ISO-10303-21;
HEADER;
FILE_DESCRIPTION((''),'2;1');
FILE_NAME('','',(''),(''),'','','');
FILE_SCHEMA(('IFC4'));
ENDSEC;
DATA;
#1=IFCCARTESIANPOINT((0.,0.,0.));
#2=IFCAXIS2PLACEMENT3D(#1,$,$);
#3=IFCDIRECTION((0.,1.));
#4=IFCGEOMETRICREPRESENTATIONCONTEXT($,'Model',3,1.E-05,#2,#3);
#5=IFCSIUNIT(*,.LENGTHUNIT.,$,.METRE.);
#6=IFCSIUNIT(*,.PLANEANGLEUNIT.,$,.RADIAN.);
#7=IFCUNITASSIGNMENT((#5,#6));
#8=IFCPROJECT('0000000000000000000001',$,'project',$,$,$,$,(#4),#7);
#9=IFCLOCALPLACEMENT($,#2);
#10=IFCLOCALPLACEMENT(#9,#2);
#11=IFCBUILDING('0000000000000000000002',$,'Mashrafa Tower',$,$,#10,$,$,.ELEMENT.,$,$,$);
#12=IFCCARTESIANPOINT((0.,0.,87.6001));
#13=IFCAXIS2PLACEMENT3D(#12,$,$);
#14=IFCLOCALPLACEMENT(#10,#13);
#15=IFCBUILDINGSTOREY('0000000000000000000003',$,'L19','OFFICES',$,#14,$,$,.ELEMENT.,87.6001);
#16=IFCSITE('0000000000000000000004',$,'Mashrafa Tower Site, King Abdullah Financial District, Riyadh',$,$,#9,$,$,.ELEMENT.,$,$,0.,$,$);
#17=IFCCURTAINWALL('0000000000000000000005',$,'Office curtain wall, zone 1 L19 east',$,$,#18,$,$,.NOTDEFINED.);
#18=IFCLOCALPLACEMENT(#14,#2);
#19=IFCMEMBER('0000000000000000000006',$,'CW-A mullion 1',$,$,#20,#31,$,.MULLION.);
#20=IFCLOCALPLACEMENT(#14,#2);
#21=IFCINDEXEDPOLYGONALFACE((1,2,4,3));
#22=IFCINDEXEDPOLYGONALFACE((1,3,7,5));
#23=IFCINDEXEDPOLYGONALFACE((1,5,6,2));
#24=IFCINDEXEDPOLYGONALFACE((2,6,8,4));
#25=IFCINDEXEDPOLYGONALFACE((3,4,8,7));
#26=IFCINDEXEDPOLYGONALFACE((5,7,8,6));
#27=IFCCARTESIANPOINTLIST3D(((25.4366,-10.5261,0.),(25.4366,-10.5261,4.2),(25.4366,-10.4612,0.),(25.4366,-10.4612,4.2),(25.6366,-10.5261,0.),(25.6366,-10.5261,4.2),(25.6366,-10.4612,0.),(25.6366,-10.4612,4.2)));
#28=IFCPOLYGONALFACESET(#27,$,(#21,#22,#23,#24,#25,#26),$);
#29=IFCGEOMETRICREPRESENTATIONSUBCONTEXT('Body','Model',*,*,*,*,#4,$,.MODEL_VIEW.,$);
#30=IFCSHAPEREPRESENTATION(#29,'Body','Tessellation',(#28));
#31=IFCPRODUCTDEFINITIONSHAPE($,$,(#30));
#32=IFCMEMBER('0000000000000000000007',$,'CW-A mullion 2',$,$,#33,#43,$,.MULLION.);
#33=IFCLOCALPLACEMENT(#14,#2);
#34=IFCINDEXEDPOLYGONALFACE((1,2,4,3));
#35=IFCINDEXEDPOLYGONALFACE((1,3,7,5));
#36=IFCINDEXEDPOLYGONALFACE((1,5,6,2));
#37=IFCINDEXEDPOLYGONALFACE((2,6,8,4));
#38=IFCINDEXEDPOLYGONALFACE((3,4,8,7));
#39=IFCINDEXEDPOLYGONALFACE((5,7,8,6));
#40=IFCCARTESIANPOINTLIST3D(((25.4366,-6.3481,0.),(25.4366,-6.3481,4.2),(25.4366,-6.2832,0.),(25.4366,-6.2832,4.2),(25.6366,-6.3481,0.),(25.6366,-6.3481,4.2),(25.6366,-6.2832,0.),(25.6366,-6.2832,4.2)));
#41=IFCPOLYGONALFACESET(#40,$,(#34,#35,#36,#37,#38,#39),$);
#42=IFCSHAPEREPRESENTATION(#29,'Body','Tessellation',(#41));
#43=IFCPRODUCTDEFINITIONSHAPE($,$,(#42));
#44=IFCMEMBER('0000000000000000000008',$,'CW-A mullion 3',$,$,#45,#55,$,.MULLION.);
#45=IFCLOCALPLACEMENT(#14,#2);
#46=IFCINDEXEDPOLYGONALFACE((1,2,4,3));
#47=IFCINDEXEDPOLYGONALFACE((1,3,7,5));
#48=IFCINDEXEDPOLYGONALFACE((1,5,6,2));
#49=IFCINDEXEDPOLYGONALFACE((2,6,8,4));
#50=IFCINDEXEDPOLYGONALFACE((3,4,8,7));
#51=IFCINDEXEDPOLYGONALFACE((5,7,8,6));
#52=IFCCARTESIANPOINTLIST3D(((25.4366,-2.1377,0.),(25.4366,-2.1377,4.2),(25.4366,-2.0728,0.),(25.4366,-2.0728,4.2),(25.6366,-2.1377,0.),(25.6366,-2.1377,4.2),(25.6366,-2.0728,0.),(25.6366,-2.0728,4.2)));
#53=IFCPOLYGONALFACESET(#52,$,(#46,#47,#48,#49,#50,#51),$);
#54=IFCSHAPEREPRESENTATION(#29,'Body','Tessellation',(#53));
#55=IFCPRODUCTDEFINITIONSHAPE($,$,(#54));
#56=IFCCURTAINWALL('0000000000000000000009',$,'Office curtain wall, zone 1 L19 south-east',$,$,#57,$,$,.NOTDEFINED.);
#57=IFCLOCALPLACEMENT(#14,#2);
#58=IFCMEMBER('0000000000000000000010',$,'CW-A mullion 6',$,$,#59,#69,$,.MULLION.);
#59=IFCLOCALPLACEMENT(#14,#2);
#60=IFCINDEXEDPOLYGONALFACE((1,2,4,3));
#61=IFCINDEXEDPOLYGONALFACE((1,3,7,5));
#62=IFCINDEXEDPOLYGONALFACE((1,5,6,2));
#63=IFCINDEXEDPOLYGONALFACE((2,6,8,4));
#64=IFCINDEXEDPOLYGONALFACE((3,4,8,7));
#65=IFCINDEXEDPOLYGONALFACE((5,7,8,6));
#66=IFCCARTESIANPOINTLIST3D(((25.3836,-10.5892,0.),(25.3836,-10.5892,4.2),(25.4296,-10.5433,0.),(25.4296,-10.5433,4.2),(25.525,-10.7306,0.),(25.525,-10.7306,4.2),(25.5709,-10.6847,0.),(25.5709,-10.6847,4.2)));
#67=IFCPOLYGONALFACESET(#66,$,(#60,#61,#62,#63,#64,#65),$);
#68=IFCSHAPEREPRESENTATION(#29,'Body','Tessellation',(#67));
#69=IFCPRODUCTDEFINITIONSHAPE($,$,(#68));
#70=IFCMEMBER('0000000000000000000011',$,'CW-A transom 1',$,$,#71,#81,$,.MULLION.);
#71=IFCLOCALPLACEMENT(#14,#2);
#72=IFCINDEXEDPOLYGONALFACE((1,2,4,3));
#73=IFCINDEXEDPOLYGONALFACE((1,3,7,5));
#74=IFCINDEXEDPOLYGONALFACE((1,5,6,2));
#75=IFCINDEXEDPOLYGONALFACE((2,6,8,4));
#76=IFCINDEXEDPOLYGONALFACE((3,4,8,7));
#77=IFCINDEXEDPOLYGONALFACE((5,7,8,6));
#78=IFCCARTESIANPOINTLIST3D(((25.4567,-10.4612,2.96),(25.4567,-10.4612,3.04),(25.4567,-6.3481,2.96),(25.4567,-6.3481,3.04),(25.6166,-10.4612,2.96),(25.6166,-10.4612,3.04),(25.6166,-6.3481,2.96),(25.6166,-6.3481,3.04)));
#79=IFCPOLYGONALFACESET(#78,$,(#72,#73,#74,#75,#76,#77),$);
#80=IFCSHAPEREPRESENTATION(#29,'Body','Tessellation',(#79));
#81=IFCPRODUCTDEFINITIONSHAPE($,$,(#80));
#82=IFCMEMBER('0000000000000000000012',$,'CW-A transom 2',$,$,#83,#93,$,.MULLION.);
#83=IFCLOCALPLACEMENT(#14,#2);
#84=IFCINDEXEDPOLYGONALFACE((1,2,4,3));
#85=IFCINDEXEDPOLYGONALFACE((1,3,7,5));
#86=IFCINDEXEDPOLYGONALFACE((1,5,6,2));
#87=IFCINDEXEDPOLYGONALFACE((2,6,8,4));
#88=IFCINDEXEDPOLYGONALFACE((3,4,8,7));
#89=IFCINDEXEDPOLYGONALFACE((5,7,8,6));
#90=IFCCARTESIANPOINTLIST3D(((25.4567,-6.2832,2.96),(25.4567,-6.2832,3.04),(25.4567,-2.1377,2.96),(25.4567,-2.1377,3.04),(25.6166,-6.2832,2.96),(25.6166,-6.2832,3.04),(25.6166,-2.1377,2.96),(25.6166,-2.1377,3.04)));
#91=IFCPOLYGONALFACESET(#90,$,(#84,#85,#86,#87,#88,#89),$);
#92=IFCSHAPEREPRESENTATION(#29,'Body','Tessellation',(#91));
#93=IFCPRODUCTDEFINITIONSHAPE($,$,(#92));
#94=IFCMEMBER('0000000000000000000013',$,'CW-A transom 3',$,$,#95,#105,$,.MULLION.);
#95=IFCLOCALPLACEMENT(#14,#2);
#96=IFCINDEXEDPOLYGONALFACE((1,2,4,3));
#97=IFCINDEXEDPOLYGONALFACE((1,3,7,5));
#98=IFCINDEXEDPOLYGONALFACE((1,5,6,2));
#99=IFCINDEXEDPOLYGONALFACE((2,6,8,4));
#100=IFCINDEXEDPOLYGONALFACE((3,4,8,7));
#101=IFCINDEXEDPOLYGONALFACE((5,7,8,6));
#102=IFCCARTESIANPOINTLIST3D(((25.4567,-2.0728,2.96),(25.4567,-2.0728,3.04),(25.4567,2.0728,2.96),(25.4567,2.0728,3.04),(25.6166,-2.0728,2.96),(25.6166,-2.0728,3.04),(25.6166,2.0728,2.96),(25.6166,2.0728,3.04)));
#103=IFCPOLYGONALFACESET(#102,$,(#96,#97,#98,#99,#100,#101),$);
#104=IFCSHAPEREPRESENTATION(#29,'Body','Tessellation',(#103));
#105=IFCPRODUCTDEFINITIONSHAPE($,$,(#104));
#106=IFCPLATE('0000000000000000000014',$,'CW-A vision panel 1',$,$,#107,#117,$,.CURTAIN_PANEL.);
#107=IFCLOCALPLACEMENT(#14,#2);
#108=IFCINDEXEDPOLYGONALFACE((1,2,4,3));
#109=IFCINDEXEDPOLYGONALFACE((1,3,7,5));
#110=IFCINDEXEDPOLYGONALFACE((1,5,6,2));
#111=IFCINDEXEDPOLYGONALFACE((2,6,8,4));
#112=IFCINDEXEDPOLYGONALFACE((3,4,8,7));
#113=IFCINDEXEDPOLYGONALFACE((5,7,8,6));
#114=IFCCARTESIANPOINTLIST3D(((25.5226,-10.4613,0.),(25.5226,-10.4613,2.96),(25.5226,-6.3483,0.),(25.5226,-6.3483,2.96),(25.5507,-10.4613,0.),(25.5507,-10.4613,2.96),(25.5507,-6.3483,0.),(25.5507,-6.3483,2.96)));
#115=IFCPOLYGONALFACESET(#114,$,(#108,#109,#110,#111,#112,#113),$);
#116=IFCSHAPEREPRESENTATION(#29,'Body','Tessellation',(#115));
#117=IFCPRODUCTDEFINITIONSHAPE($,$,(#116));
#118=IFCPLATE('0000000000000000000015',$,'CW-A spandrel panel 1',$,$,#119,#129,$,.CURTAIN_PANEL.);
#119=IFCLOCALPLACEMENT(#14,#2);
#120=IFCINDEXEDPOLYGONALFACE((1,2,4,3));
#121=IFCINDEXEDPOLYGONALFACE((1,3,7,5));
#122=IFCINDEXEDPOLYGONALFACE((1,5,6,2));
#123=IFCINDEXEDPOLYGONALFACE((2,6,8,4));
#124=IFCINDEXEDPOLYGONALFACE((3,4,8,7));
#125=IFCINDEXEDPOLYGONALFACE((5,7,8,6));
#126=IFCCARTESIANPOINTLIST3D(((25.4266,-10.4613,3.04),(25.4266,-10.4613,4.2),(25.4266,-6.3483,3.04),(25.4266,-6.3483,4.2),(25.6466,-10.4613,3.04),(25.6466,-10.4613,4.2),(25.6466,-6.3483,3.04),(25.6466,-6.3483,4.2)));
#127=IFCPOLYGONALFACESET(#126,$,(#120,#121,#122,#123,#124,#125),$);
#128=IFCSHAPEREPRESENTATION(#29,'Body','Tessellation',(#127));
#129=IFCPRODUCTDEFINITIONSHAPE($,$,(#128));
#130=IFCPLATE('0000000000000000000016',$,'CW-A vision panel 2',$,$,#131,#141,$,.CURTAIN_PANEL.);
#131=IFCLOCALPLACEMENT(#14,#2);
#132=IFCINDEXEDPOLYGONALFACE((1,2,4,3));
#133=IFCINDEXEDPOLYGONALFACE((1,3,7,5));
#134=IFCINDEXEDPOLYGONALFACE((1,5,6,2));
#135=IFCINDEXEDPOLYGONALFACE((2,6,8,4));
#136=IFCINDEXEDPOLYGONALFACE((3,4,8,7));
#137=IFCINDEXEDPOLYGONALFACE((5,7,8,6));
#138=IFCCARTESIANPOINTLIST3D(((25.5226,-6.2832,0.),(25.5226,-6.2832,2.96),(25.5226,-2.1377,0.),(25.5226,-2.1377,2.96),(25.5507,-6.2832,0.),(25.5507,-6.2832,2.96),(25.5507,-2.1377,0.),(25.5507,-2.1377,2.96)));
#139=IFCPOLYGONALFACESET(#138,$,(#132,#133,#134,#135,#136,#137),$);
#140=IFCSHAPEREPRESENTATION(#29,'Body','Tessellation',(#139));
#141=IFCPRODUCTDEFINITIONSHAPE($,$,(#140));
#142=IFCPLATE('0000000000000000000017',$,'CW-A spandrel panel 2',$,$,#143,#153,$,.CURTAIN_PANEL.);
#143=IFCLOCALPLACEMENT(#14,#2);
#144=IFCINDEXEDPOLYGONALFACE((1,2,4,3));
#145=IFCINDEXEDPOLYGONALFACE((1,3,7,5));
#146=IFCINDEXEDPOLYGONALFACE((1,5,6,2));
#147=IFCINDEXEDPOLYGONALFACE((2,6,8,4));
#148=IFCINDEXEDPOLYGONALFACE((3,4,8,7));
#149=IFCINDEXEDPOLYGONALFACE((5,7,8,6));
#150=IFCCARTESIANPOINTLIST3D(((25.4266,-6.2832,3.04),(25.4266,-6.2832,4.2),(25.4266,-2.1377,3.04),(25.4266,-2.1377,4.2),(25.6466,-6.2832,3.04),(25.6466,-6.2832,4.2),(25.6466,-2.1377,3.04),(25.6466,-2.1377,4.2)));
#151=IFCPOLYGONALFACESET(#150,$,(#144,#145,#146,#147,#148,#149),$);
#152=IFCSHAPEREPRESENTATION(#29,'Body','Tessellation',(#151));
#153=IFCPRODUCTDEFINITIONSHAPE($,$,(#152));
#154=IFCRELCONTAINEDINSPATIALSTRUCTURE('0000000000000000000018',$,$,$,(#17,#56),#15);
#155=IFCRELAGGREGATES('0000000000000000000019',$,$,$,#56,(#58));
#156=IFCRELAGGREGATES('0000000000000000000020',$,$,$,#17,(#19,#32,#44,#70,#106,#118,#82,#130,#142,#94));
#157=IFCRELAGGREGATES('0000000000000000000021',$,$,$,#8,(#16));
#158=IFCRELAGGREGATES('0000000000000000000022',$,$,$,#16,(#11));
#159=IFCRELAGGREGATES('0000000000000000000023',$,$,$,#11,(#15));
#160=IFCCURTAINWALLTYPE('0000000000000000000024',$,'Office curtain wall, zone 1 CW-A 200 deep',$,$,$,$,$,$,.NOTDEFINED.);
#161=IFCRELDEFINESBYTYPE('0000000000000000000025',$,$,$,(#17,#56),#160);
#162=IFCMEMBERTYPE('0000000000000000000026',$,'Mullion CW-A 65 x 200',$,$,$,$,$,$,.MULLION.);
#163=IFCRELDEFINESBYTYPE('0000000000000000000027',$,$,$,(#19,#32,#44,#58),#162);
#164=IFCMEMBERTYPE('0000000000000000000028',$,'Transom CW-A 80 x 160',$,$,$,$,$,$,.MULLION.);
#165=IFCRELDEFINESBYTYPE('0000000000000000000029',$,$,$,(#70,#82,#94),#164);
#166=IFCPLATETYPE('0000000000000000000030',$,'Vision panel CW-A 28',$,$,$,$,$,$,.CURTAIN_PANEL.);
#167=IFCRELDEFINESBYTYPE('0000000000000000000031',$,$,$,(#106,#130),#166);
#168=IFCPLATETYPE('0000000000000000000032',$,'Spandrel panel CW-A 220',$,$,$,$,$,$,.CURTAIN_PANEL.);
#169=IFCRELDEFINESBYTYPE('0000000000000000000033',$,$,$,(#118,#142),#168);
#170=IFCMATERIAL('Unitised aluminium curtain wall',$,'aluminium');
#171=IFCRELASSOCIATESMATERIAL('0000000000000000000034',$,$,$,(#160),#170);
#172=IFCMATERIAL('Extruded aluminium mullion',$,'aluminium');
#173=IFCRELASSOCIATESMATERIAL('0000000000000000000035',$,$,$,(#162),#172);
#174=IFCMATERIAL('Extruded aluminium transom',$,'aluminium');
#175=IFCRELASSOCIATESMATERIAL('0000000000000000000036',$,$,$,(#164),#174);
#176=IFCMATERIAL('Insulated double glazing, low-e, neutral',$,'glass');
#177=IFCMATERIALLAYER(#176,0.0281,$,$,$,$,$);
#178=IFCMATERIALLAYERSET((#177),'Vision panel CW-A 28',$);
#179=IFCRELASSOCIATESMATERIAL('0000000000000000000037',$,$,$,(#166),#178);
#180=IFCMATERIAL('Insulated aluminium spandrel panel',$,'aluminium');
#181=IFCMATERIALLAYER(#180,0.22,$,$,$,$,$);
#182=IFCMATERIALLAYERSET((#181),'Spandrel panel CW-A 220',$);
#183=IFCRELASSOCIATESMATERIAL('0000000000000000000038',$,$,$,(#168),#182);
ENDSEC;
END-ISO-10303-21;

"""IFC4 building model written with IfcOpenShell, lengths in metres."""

from ifc_helpers import new_model, si_unit, direction, frame, origin, origin_2d, place, context, subcontext, project, spatial, rectangle, extrude, source, transform, mapped, material, layer, layer_set, material_profile, profile_set, type_object, type_shapes, element, aggregate, save


model = new_model("IFC4")

# Units and contexts
model_context = context("Model", 3, precision=1e-05, world=origin(), true_north=direction((0.0, 1.0)))
body_context = subcontext(model_context, "Body", "Model", "MODEL_VIEW")
ifc_project = project(units=[si_unit("LENGTHUNIT", "METRE"), si_unit("PLANEANGLEUNIT", "RADIAN")], contexts=[model_context])

# Site, building, storey
site_placement = place(None, origin())
site = spatial("IfcSite", under=ifc_project, at=site_placement, Name="Mashrafa Tower Site, King Abdullah Financial District, Riyadh", CompositionType="ELEMENT", RefElevation=0.0)
building_placement = place(site_placement, origin())
building = spatial("IfcBuilding", under=site, at=building_placement, Name="Mashrafa Tower", CompositionType="ELEMENT")
storey_placement = place(building_placement, frame((0.0, 0.0, 87.6001)))
storey = spatial("IfcBuildingStorey", under=building, at=storey_placement, Name="L19", Description="OFFICES", CompositionType="ELEMENT", Elevation=87.6001)

# Curtain wall, members
ifc_material_1 = material(Name="Unitised aluminium curtain wall", Category="aluminium")
curtain_wall_type = type_object("IfcCurtainWallType", Name="Office curtain wall, zone 1 CW-A 200 deep", PredefinedType="NOTDEFINED", material=ifc_material_1)
curtain_wall_1_placement = place(storey_placement, origin())
curtain_wall_1 = element("IfcCurtainWall", 1, at=curtain_wall_1_placement, inside=storey, type_object=curtain_wall_type, Name="Office curtain wall, zone 1 L19 east", PredefinedType="NOTDEFINED")
ifc_material_2 = material(Name="Extruded aluminium mullion", Category="aluminium")
ifc_material_profile_1 = material_profile(ifc_material_2, rectangle(XDim=0.2, YDim=0.0649, at=origin_2d()), Name="Mullion 65x200")
ifc_profile_set_1 = profile_set([ifc_material_profile_1], Name="Extruded aluminium mullion")
member_type_1 = type_object("IfcMemberType", Name="Mullion CW-A 65 x 200", PredefinedType="MULLION", material=ifc_profile_set_1)
shared_shape_1 = source(origin(), body_context, "Body", "SweptSolid", [
    extrude(rectangle(XDim=0.2, YDim=0.0649, at=origin_2d()), origin(), (0.0, 0.0, 1.0), 4.2),
])
type_shapes(member_type_1, [shared_shape_1])
member_1_placement = place(storey_placement, frame((25.5366, -10.4937, 0.0), z_axis=(0.0, 0.0, 1.0), x_axis=(-1.0, 0.0, 0.0)))
member_1 = element("IfcMember", 2, at=member_1_placement, type_object=member_type_1, Name="CW-A mullion 1", PredefinedType="MULLION", context=body_context, shape_type="MappedRepresentation", body=[
    mapped(shared_shape_1, transform((0.0, 0.0, 0.0))),
])
member_2_placement = place(storey_placement, frame((25.5366, -6.3157, 0.0), z_axis=(0.0, 0.0, 1.0), x_axis=(-1.0, 0.0, 0.0)))
member_2 = element("IfcMember", 3, at=member_2_placement, type_object=member_type_1, Name="CW-A mullion 2", PredefinedType="MULLION", context=body_context, shape_type="MappedRepresentation", body=[
    mapped(shared_shape_1, transform((0.0, 0.0, 0.0))),
])
member_3_placement = place(storey_placement, frame((25.5366, -2.1052, 0.0), z_axis=(0.0, 0.0, 1.0), x_axis=(-1.0, 0.0, 0.0)))
member_3 = element("IfcMember", 4, at=member_3_placement, type_object=member_type_1, Name="CW-A mullion 3", PredefinedType="MULLION", context=body_context, shape_type="MappedRepresentation", body=[
    mapped(shared_shape_1, transform((0.0, 0.0, 0.0))),
])

# Curtain wall, member
curtain_wall_2_placement = place(storey_placement, origin())
curtain_wall_2 = element("IfcCurtainWall", 5, at=curtain_wall_2_placement, inside=storey, type_object=curtain_wall_type, Name="Office curtain wall, zone 1 L19 south-east", PredefinedType="NOTDEFINED")
member_4_placement = place(storey_placement, frame((25.4773, -10.637, 0.0), z_axis=(0.0, 0.0, 1.0), x_axis=(-0.707107, 0.707107, 0.0)))
member_4 = element("IfcMember", 6, at=member_4_placement, type_object=member_type_1, Name="CW-A mullion 6", PredefinedType="MULLION", context=body_context, shape_type="MappedRepresentation", body=[
    mapped(shared_shape_1, transform((0.0, 0.0, 0.0))),
])
aggregate(curtain_wall_2, [member_4])

# Members
ifc_material_3 = material(Name="Extruded aluminium transom", Category="aluminium")
ifc_material_profile_2 = material_profile(ifc_material_3, rectangle(XDim=0.1599, YDim=0.0801, at=origin_2d()), Name="Transom 80x160")
ifc_profile_set_2 = profile_set([ifc_material_profile_2], Name="Extruded aluminium transom")
member_type_2 = type_object("IfcMemberType", Name="Transom CW-A 80 x 160", PredefinedType="MULLION", material=ifc_profile_set_2)
shared_shape_2 = source(origin(), body_context, "Body", "SweptSolid", [
    extrude(rectangle(XDim=0.1599, YDim=0.0801, at=origin_2d()), origin(), (0.0, 0.0, 1.0), 4.113),
])
member_5_placement = place(storey_placement, frame((25.5366, -10.4612, 3.0), z_axis=(0.0, 1.0, 0.0), x_axis=(-1.0, 0.0, 0.0)))
member_5 = element("IfcMember", 7, at=member_5_placement, type_object=member_type_2, Name="CW-A transom 1", PredefinedType="MULLION", context=body_context, shape_type="MappedRepresentation", body=[
    mapped(shared_shape_2, transform((0.0, 0.0, 0.0))),
])
shared_shape_3 = source(origin(), body_context, "Body", "SweptSolid", [
    extrude(rectangle(XDim=0.1599, YDim=0.0801, at=origin_2d()), origin(), (0.0, 0.0, 1.0), 4.1455),
])
type_shapes(member_type_2, [shared_shape_2, shared_shape_3])
member_6_placement = place(storey_placement, frame((25.5366, -6.2832, 3.0), z_axis=(0.0, 1.0, 0.0), x_axis=(-1.0, 0.0, 0.0)))
member_6 = element("IfcMember", 8, at=member_6_placement, type_object=member_type_2, Name="CW-A transom 2", PredefinedType="MULLION", context=body_context, shape_type="MappedRepresentation", body=[
    mapped(shared_shape_3, transform((0.0, 0.0, 0.0))),
])
member_7_placement = place(storey_placement, frame((25.5366, -2.0728, 3.0), z_axis=(0.0, 1.0, 0.0), x_axis=(-1.0, 0.0, 0.0)))
member_7 = element("IfcMember", 9, at=member_7_placement, type_object=member_type_2, Name="CW-A transom 3", PredefinedType="MULLION", context=body_context, shape_type="MappedRepresentation", body=[
    mapped(shared_shape_3, transform((0.0, 0.0, 0.0))),
])

# Plates
ifc_material_4 = material(Name="Insulated double glazing, low-e, neutral", Category="glass")
ifc_layer_1 = layer(ifc_material_4, 0.0281)
ifc_layer_set_1 = layer_set([ifc_layer_1], Name="Vision panel CW-A 28")
plate_type_1 = type_object("IfcPlateType", Name="Vision panel CW-A 28", PredefinedType="CURTAIN_PANEL", material=ifc_layer_set_1)
shared_shape_4 = source(origin(), body_context, "Body", "SweptSolid", [
    extrude(rectangle(XDim=4.113, YDim=0.0281, at=origin_2d()), origin(), (0.0, 0.0, 1.0), 2.96),
])
plate_1_placement = place(storey_placement, frame((25.5366, -8.4048, 0.0), z_axis=(0.0, 0.0, 1.0), x_axis=(0.0, 1.0, 0.0)))
plate_1 = element("IfcPlate", 10, at=plate_1_placement, type_object=plate_type_1, Name="CW-A vision panel 1", PredefinedType="CURTAIN_PANEL", context=body_context, shape_type="MappedRepresentation", body=[
    mapped(shared_shape_4, transform((0.0, 0.0, 0.0))),
])
ifc_material_5 = material(Name="Insulated aluminium spandrel panel", Category="aluminium")
ifc_layer_2 = layer(ifc_material_5, 0.22)
ifc_layer_set_2 = layer_set([ifc_layer_2], Name="Spandrel panel CW-A 220")
plate_type_2 = type_object("IfcPlateType", Name="Spandrel panel CW-A 220", PredefinedType="CURTAIN_PANEL", material=ifc_layer_set_2)
shared_shape_5 = source(origin(), body_context, "Body", "SweptSolid", [
    extrude(rectangle(XDim=4.113, YDim=0.22, at=origin_2d()), origin(), (0.0, 0.0, 1.0), 1.1599),
])
plate_2_placement = place(storey_placement, frame((25.5366, -8.4048, 3.04), z_axis=(0.0, 0.0, 1.0), x_axis=(0.0, 1.0, 0.0)))
plate_2 = element("IfcPlate", 11, at=plate_2_placement, type_object=plate_type_2, Name="CW-A spandrel panel 1", PredefinedType="CURTAIN_PANEL", context=body_context, shape_type="MappedRepresentation", body=[
    mapped(shared_shape_5, transform((0.0, 0.0, 0.0))),
])
shared_shape_6 = source(origin(), body_context, "Body", "SweptSolid", [
    extrude(rectangle(XDim=4.1455, YDim=0.0281, at=origin_2d()), origin(), (0.0, 0.0, 1.0), 2.96),
])
type_shapes(plate_type_1, [shared_shape_4, shared_shape_6])
plate_3_placement = place(storey_placement, frame((25.5366, -4.2104, 0.0), z_axis=(0.0, 0.0, 1.0), x_axis=(0.0, 1.0, 0.0)))
plate_3 = element("IfcPlate", 12, at=plate_3_placement, type_object=plate_type_1, Name="CW-A vision panel 2", PredefinedType="CURTAIN_PANEL", context=body_context, shape_type="MappedRepresentation", body=[
    mapped(shared_shape_6, transform((0.0, 0.0, 0.0))),
])
shared_shape_7 = source(origin(), body_context, "Body", "SweptSolid", [
    extrude(rectangle(XDim=4.1455, YDim=0.22, at=origin_2d()), origin(), (0.0, 0.0, 1.0), 1.1599),
])
type_shapes(plate_type_2, [shared_shape_5, shared_shape_7])
plate_4_placement = place(storey_placement, frame((25.5366, -4.2104, 3.04), z_axis=(0.0, 0.0, 1.0), x_axis=(0.0, 1.0, 0.0)))
plate_4 = element("IfcPlate", 13, at=plate_4_placement, type_object=plate_type_2, Name="CW-A spandrel panel 2", PredefinedType="CURTAIN_PANEL", context=body_context, shape_type="MappedRepresentation", body=[
    mapped(shared_shape_7, transform((0.0, 0.0, 0.0))),
])
aggregate(curtain_wall_1, [member_1, member_2, member_3, member_5, plate_1, plate_2, member_6, plate_3, plate_4, member_7])

save(model, "model.ifc")
